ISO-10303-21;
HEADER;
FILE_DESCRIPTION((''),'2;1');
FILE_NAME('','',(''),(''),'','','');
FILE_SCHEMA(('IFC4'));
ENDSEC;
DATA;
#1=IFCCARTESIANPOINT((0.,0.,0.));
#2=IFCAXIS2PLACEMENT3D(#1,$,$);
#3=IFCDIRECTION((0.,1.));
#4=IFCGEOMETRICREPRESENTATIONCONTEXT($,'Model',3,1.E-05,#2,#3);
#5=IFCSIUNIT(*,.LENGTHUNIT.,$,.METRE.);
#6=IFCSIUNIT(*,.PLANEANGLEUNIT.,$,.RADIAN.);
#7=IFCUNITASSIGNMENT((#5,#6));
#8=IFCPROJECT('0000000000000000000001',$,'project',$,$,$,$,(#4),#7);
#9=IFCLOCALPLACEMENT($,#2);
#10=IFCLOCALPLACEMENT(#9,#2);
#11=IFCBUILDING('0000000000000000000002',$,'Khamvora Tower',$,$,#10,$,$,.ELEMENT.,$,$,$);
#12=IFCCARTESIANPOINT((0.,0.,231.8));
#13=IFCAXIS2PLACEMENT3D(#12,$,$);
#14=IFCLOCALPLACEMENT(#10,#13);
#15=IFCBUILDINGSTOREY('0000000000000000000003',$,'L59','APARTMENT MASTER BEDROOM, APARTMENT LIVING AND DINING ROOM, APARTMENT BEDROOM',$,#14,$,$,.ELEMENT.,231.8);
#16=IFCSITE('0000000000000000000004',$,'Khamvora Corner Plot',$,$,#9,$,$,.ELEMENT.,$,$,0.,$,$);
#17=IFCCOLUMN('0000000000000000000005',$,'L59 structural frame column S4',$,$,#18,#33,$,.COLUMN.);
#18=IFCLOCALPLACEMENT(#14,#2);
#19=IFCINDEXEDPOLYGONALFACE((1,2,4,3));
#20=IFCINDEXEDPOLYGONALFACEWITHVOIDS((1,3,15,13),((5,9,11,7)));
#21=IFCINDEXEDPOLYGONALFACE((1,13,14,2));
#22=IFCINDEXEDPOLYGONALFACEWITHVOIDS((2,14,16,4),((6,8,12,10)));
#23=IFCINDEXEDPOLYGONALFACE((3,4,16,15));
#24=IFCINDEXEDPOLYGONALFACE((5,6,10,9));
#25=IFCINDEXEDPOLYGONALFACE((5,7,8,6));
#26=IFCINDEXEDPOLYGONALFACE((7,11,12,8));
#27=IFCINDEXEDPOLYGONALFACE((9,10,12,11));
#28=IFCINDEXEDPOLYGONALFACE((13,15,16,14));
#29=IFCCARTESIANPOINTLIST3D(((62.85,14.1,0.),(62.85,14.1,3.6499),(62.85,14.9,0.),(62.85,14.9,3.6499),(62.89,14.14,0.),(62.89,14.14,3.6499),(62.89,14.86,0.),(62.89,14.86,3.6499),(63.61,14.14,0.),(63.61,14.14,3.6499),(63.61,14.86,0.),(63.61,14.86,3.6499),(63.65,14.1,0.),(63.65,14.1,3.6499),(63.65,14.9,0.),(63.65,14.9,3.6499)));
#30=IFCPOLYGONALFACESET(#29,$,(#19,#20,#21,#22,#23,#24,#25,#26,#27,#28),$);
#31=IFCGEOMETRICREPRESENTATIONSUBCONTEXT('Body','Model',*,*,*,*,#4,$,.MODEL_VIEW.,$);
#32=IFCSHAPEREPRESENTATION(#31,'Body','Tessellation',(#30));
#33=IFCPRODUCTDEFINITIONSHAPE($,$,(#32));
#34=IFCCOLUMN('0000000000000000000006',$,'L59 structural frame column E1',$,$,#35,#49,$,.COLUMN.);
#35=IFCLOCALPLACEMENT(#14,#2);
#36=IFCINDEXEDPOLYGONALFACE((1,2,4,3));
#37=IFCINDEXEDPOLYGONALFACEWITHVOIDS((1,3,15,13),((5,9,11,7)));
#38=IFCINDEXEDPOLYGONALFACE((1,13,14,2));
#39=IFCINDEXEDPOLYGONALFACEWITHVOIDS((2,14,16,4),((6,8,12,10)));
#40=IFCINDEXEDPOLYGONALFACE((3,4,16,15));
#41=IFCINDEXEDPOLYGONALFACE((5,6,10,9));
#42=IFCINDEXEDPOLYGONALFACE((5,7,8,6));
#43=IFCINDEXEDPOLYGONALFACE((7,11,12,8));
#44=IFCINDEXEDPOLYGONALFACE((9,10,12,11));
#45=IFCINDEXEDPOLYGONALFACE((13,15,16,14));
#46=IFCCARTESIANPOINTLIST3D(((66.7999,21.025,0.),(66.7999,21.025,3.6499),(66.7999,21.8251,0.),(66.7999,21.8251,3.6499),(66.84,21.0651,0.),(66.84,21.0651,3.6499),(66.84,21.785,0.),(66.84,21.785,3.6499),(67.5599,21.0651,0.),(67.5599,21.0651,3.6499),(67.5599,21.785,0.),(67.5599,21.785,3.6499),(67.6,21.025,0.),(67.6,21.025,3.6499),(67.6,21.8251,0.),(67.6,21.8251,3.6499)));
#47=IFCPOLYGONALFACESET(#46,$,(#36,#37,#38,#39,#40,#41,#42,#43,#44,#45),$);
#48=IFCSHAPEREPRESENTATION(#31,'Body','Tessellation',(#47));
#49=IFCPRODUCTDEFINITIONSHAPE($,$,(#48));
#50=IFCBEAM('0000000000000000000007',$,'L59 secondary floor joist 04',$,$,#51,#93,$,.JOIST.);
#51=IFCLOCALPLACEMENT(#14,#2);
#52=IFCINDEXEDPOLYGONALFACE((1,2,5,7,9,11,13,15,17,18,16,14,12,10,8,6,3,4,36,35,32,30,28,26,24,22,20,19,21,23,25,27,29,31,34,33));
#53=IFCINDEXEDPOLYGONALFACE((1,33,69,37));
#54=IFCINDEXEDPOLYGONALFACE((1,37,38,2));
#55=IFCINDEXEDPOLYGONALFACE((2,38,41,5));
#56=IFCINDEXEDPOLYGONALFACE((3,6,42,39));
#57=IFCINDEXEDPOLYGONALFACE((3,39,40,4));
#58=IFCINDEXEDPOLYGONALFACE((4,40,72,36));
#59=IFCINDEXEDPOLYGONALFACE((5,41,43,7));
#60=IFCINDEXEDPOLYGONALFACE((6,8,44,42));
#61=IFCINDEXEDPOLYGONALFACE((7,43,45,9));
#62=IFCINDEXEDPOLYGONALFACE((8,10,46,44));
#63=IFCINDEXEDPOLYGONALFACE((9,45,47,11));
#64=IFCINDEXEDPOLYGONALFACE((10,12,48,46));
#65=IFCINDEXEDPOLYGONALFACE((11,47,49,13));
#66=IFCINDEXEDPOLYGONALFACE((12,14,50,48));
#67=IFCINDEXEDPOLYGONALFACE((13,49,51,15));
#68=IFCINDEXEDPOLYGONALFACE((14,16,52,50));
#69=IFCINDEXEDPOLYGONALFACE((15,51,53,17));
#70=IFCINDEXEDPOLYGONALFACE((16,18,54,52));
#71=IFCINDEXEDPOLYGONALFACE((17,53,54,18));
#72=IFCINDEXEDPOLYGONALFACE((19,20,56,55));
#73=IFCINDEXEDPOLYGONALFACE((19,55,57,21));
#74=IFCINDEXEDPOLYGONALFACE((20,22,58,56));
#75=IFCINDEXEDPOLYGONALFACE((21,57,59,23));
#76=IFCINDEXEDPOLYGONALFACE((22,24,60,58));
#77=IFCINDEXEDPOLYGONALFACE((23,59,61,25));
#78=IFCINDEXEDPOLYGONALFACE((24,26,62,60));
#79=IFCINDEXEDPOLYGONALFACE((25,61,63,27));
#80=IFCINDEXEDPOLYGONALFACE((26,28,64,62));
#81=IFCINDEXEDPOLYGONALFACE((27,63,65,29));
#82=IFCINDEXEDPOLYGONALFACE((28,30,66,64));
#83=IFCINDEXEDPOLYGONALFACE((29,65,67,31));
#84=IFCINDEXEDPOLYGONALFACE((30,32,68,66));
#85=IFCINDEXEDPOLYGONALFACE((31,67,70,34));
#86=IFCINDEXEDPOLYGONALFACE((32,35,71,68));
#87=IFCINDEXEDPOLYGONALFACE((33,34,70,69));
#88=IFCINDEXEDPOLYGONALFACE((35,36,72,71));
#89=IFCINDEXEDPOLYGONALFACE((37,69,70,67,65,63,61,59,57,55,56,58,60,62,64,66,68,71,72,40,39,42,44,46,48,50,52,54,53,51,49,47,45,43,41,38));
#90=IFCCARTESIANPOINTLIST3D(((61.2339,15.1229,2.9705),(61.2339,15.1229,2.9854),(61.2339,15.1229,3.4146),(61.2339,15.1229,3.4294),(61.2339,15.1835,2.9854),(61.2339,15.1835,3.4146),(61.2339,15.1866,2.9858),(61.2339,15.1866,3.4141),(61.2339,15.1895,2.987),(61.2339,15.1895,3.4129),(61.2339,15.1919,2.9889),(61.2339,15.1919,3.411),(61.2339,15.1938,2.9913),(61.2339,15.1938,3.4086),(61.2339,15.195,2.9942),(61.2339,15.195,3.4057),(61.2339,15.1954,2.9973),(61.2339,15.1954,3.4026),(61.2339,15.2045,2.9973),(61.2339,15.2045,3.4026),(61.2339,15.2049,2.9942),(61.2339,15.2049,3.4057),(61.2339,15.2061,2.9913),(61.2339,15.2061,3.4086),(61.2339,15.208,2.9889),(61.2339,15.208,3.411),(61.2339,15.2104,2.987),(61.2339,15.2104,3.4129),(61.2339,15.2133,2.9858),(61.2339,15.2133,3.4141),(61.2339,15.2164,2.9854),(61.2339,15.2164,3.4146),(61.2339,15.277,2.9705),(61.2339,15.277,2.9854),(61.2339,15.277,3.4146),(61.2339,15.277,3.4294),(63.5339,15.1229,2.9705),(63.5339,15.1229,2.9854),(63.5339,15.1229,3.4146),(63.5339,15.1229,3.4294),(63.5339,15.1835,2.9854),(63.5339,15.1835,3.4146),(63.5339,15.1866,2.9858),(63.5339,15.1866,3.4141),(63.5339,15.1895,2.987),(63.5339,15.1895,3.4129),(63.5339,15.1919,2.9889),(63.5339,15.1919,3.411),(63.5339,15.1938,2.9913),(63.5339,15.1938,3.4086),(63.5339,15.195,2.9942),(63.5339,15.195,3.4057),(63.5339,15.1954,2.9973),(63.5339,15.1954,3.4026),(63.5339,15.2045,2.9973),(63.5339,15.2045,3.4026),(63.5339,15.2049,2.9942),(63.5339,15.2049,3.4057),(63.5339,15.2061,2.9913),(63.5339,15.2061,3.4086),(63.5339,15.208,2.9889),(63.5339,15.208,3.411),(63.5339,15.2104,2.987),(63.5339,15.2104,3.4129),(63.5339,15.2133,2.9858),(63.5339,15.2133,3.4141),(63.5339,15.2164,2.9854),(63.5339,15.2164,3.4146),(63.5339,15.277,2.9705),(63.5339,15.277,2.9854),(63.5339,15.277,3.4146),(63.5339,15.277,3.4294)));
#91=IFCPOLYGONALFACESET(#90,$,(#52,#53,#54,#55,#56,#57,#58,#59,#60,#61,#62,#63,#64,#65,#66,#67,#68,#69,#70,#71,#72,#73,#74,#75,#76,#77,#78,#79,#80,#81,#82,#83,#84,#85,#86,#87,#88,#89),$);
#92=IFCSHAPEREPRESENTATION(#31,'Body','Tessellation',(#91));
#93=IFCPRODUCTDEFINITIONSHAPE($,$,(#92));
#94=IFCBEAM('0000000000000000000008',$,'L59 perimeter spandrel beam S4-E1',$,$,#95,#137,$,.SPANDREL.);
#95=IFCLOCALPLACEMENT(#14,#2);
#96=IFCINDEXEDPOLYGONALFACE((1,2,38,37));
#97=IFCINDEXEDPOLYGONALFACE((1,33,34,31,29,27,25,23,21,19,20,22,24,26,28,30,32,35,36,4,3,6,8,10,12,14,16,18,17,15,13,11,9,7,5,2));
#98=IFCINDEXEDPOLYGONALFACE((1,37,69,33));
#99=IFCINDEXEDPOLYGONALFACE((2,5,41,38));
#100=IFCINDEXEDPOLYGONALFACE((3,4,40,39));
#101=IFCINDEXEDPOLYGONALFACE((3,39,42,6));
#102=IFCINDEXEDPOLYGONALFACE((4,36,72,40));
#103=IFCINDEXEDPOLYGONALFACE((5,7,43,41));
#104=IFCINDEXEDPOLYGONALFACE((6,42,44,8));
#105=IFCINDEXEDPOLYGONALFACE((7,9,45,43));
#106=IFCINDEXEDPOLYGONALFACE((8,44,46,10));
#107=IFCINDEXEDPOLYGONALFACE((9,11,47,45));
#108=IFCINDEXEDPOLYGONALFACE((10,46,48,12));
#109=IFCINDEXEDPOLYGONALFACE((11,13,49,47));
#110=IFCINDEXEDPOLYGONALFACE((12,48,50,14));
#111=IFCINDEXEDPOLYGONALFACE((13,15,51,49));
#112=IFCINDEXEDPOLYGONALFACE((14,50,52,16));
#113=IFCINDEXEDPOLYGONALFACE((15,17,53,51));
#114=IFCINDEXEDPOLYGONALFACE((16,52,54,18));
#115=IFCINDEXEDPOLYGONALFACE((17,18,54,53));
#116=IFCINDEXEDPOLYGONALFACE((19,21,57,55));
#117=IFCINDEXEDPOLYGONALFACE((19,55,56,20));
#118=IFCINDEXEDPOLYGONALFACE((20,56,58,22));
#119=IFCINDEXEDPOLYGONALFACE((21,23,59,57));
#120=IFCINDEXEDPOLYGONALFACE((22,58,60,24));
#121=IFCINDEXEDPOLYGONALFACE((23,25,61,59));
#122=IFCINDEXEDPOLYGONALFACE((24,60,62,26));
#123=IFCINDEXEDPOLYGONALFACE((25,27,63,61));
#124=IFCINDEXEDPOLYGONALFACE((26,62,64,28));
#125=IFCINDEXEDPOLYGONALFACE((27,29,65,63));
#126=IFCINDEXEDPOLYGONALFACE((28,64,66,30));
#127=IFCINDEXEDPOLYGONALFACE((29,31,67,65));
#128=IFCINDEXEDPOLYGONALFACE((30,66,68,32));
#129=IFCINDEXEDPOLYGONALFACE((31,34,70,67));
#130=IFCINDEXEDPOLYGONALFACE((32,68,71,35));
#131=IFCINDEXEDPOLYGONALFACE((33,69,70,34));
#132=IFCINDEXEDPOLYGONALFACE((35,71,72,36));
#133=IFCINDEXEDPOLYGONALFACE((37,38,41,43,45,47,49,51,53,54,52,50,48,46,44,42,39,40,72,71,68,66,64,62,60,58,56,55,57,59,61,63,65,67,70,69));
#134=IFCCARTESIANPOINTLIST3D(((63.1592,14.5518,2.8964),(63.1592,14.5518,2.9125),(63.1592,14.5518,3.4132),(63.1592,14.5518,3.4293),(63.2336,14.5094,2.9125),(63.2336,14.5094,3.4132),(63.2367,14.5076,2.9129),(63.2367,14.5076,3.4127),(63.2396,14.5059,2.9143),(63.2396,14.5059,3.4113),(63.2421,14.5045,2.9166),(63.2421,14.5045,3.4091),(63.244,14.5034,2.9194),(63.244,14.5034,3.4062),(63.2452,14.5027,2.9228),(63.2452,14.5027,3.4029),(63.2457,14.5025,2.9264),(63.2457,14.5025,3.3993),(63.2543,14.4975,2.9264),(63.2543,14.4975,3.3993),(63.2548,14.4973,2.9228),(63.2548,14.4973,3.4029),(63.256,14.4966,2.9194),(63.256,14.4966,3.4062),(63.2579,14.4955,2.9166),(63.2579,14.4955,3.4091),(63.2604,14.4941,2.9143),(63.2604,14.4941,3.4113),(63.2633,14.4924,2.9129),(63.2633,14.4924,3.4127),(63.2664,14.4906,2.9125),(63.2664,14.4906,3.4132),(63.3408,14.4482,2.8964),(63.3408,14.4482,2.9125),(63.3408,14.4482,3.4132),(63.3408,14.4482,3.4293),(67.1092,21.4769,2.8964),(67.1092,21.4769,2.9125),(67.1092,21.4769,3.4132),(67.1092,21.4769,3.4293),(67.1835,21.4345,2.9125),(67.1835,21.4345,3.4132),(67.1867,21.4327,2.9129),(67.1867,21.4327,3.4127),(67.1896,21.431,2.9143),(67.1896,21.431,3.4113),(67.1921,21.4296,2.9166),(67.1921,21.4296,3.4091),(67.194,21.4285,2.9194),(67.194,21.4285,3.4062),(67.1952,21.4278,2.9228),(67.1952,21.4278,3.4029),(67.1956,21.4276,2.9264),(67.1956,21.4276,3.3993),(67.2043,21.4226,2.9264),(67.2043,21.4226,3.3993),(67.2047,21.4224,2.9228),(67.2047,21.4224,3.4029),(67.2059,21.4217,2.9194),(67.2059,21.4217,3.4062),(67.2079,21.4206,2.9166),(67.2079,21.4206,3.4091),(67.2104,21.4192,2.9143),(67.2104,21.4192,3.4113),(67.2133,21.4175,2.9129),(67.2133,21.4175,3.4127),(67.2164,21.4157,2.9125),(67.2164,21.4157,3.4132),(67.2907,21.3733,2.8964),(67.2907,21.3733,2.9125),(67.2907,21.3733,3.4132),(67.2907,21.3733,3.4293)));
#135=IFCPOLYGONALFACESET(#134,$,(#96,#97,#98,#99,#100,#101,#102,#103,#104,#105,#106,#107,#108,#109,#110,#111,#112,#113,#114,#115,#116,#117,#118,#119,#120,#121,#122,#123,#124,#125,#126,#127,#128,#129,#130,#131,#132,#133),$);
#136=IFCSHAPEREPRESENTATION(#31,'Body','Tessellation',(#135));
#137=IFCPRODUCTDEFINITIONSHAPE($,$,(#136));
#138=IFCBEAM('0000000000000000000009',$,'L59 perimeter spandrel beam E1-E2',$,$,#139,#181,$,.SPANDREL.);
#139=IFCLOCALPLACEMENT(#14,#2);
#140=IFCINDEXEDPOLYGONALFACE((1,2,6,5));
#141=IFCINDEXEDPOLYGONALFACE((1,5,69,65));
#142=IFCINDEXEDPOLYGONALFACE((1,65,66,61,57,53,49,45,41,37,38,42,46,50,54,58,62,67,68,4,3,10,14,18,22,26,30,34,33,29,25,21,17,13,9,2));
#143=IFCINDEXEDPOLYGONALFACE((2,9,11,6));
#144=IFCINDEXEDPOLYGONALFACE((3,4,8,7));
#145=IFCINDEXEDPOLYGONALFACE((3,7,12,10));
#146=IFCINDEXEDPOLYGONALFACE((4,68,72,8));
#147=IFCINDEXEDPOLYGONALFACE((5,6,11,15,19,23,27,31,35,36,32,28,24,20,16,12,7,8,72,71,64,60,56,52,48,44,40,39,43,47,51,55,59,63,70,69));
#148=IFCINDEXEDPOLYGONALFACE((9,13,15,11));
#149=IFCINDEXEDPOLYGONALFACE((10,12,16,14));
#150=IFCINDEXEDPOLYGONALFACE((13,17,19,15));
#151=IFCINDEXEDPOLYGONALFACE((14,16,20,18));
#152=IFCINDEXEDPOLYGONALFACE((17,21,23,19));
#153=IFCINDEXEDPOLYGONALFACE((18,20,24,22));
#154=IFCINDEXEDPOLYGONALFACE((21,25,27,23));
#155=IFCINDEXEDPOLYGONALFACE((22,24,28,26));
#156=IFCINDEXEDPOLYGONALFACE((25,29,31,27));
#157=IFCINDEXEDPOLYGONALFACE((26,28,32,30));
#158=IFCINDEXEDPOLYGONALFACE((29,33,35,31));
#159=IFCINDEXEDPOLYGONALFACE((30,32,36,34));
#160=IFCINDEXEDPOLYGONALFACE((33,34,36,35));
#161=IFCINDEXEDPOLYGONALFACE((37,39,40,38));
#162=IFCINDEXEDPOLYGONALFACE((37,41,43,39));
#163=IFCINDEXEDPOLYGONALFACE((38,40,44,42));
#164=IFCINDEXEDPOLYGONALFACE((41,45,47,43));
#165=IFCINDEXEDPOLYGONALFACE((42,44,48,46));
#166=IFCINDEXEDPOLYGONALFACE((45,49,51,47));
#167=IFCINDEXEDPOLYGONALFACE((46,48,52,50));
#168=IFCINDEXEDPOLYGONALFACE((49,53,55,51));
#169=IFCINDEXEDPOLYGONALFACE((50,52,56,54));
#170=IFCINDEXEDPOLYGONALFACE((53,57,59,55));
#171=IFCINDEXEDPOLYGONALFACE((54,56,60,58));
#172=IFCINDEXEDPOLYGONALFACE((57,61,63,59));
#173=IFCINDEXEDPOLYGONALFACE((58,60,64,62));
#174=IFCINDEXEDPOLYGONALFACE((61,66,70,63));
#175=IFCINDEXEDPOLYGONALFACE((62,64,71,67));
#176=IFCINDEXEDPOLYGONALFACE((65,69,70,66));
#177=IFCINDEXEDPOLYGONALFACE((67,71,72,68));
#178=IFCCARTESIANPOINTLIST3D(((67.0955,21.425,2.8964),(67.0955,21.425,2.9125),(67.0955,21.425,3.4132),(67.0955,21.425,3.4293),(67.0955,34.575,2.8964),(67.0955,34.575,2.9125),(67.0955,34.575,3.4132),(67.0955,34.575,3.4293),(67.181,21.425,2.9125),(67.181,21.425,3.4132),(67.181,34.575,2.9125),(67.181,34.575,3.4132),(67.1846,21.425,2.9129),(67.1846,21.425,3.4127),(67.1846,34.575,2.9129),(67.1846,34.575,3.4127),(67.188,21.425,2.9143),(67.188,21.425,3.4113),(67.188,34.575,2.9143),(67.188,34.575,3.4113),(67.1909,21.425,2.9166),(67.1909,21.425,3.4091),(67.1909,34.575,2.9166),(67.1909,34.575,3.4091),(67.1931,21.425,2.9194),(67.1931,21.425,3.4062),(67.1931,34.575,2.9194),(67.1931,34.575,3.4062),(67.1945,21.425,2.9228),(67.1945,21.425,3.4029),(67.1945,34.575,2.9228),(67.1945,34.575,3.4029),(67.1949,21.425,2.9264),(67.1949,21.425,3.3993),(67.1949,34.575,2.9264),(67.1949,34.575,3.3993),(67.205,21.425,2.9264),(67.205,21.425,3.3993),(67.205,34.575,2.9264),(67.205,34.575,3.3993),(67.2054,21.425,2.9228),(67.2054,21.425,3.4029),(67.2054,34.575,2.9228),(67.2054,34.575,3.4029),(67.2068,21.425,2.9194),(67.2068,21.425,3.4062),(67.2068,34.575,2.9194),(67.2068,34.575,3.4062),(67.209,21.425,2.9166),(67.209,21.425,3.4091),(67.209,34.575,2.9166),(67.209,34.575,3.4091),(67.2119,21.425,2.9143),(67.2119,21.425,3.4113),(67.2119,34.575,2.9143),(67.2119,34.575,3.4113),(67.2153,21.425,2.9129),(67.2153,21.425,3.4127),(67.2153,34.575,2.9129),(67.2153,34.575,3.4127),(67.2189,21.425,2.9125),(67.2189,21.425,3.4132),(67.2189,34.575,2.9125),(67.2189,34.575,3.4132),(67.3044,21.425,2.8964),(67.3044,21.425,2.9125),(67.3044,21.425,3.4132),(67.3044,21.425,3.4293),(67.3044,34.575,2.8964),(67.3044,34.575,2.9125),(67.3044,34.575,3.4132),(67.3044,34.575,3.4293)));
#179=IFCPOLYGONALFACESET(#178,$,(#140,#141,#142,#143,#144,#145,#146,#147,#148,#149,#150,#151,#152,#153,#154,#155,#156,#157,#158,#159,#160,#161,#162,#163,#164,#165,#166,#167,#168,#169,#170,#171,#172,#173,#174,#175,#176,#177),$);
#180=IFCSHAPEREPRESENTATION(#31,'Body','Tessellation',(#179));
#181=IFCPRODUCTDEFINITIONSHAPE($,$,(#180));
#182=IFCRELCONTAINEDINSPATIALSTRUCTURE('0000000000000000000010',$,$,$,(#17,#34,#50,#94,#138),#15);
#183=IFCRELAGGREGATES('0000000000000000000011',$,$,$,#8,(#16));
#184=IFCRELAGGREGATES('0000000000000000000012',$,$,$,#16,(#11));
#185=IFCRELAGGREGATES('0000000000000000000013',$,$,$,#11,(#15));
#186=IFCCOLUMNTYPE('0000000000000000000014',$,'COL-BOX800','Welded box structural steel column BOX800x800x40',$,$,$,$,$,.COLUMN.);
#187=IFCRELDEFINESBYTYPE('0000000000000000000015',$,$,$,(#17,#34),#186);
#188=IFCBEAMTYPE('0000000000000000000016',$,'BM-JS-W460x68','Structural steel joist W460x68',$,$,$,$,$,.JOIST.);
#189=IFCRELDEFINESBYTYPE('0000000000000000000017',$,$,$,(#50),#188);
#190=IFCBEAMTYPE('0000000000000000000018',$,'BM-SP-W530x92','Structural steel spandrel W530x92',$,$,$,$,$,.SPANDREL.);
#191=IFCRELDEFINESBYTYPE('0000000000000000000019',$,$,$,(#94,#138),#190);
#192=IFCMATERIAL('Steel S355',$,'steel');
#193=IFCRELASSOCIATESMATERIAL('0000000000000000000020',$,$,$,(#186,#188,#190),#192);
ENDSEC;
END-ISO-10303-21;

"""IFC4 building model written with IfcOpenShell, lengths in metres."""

from ifc_helpers import new_model, si_unit, direction, frame, origin, origin_2d, place, context, subcontext, project, spatial, hollow_rectangle, i_section, extrude, material, material_profile, profile_set, type_object, element, save


model = new_model("IFC4")

# Units and contexts
model_context = context("Model", 3, precision=1e-05, world=origin(), true_north=direction((0.0, 1.0)))
body_context = subcontext(model_context, "Body", "Model", "MODEL_VIEW")
ifc_project = project(units=[si_unit("LENGTHUNIT", "METRE"), si_unit("PLANEANGLEUNIT", "RADIAN")], contexts=[model_context])

# Site, building, storey
site_placement = place(None, origin())
site = spatial("IfcSite", under=ifc_project, at=site_placement, Name="Khamvora Corner Plot", CompositionType="ELEMENT", RefElevation=0.0)
building_placement = place(site_placement, origin())
building = spatial("IfcBuilding", under=site, at=building_placement, Name="Khamvora Tower", CompositionType="ELEMENT")
storey_placement = place(building_placement, frame((0.0, 0.0, 231.8)))
storey = spatial("IfcBuildingStorey", under=building, at=storey_placement, Name="L59", Description="APARTMENT MASTER BEDROOM, APARTMENT LIVING AND DINING ROOM, APARTMENT BEDROOM", CompositionType="ELEMENT", Elevation=231.8)

# Columns
ifc_material_1 = material(Name="Steel S355", Category="steel")
ifc_material_profile_1 = material_profile(ifc_material_1, hollow_rectangle(XDim=0.8, YDim=0.8, WallThickness=0.04, at=origin_2d()), Name="BOX800x800x40")
ifc_profile_set_1 = profile_set([ifc_material_profile_1], Name="Steel S355")
column_type = type_object("IfcColumnType", Name="COL-BOX800", Description="Welded box structural steel column BOX800x800x40", PredefinedType="COLUMN", material=ifc_profile_set_1)
for number, where, z_axis, x_axis, name in (
    (1, (63.25, 14.5, 0.0), (0.0, 0.0, 1.0), (1.0, 0.0, 0.0), "L59 structural frame column S4"),
    (2, (67.2, 21.425, 0.0), (0.0, 0.0, 1.0), (1.0, 0.0, 0.0), "L59 structural frame column E1"),
):
    element("IfcColumn", number, at=place(storey_placement, frame(where, z_axis=z_axis, x_axis=x_axis)), inside=storey, type_object=column_type, Name=name, PredefinedType="COLUMN", context=body_context, shape_type="SweptSolid", body=[
        extrude(hollow_rectangle(XDim=0.8, YDim=0.8, WallThickness=0.04, at=origin_2d()), origin(), (0.0, 0.0, 1.0), 3.6499),
    ])

# Beams
ifc_material_profile_2 = material_profile(ifc_material_1, i_section(OverallWidth=0.1541, OverallDepth=0.459, WebThickness=0.009, FlangeThickness=0.0149, FilletRadius=0.012, at=origin_2d()), Name="W460x68")
ifc_profile_set_2 = profile_set([ifc_material_profile_2], Name="Steel S355")
beam_type_1 = type_object("IfcBeamType", Name="BM-JS-W460x68", Description="Structural steel joist W460x68", PredefinedType="JOIST", material=ifc_profile_set_2)
beam_1_placement = place(storey_placement, frame((61.2339, 15.2, 3.2), z_axis=(1.0, 0.0, 0.0), x_axis=(0.0, 1.0, 0.0)))
element("IfcBeam", 3, at=beam_1_placement, inside=storey, type_object=beam_type_1, Name="L59 secondary floor joist 04", PredefinedType="JOIST", context=body_context, shape_type="SweptSolid", body=[
    extrude(i_section(OverallWidth=0.1541, OverallDepth=0.459, WebThickness=0.009, FlangeThickness=0.0149, FilletRadius=0.012, at=origin_2d()), origin(), (0.0, 0.0, 1.0), 2.3),
])
ifc_material_profile_3 = material_profile(ifc_material_1, i_section(OverallWidth=0.209, OverallDepth=0.533, WebThickness=0.01, FlangeThickness=0.0161, FilletRadius=0.0139, at=origin_2d()), Name="W530x92")
ifc_profile_set_3 = profile_set([ifc_material_profile_3], Name="Steel S355")
beam_type_2 = type_object("IfcBeamType", Name="BM-SP-W530x92", Description="Structural steel spandrel W530x92", PredefinedType="SPANDREL", material=ifc_profile_set_3)
beam_2_placement = place(storey_placement, frame((63.25, 14.5, 3.1628), z_axis=(0.495456, 0.868633, 0.0), x_axis=(-0.868633, 0.495456, 0.0)))
element("IfcBeam", 4, at=beam_2_placement, inside=storey, type_object=beam_type_2, Name="L59 perimeter spandrel beam S4-E1", PredefinedType="SPANDREL", context=body_context, shape_type="SweptSolid", body=[
    extrude(i_section(OverallWidth=0.209, OverallDepth=0.533, WebThickness=0.01, FlangeThickness=0.0161, FilletRadius=0.0139, at=origin_2d()), origin(), (0.0, 0.0, 1.0), 7.9724),
])
beam_3_placement = place(storey_placement, frame((67.2, 21.425, 3.1628), z_axis=(0.0, 1.0, 0.0), x_axis=(-1.0, 0.0, 0.0)))
element("IfcBeam", 5, at=beam_3_placement, inside=storey, type_object=beam_type_2, Name="L59 perimeter spandrel beam E1-E2", PredefinedType="SPANDREL", context=body_context, shape_type="SweptSolid", body=[
    extrude(i_section(OverallWidth=0.209, OverallDepth=0.533, WebThickness=0.01, FlangeThickness=0.0161, FilletRadius=0.0139, at=origin_2d()), origin(), (0.0, 0.0, 1.0), 13.1499),
])

save(model, "model.ifc")
